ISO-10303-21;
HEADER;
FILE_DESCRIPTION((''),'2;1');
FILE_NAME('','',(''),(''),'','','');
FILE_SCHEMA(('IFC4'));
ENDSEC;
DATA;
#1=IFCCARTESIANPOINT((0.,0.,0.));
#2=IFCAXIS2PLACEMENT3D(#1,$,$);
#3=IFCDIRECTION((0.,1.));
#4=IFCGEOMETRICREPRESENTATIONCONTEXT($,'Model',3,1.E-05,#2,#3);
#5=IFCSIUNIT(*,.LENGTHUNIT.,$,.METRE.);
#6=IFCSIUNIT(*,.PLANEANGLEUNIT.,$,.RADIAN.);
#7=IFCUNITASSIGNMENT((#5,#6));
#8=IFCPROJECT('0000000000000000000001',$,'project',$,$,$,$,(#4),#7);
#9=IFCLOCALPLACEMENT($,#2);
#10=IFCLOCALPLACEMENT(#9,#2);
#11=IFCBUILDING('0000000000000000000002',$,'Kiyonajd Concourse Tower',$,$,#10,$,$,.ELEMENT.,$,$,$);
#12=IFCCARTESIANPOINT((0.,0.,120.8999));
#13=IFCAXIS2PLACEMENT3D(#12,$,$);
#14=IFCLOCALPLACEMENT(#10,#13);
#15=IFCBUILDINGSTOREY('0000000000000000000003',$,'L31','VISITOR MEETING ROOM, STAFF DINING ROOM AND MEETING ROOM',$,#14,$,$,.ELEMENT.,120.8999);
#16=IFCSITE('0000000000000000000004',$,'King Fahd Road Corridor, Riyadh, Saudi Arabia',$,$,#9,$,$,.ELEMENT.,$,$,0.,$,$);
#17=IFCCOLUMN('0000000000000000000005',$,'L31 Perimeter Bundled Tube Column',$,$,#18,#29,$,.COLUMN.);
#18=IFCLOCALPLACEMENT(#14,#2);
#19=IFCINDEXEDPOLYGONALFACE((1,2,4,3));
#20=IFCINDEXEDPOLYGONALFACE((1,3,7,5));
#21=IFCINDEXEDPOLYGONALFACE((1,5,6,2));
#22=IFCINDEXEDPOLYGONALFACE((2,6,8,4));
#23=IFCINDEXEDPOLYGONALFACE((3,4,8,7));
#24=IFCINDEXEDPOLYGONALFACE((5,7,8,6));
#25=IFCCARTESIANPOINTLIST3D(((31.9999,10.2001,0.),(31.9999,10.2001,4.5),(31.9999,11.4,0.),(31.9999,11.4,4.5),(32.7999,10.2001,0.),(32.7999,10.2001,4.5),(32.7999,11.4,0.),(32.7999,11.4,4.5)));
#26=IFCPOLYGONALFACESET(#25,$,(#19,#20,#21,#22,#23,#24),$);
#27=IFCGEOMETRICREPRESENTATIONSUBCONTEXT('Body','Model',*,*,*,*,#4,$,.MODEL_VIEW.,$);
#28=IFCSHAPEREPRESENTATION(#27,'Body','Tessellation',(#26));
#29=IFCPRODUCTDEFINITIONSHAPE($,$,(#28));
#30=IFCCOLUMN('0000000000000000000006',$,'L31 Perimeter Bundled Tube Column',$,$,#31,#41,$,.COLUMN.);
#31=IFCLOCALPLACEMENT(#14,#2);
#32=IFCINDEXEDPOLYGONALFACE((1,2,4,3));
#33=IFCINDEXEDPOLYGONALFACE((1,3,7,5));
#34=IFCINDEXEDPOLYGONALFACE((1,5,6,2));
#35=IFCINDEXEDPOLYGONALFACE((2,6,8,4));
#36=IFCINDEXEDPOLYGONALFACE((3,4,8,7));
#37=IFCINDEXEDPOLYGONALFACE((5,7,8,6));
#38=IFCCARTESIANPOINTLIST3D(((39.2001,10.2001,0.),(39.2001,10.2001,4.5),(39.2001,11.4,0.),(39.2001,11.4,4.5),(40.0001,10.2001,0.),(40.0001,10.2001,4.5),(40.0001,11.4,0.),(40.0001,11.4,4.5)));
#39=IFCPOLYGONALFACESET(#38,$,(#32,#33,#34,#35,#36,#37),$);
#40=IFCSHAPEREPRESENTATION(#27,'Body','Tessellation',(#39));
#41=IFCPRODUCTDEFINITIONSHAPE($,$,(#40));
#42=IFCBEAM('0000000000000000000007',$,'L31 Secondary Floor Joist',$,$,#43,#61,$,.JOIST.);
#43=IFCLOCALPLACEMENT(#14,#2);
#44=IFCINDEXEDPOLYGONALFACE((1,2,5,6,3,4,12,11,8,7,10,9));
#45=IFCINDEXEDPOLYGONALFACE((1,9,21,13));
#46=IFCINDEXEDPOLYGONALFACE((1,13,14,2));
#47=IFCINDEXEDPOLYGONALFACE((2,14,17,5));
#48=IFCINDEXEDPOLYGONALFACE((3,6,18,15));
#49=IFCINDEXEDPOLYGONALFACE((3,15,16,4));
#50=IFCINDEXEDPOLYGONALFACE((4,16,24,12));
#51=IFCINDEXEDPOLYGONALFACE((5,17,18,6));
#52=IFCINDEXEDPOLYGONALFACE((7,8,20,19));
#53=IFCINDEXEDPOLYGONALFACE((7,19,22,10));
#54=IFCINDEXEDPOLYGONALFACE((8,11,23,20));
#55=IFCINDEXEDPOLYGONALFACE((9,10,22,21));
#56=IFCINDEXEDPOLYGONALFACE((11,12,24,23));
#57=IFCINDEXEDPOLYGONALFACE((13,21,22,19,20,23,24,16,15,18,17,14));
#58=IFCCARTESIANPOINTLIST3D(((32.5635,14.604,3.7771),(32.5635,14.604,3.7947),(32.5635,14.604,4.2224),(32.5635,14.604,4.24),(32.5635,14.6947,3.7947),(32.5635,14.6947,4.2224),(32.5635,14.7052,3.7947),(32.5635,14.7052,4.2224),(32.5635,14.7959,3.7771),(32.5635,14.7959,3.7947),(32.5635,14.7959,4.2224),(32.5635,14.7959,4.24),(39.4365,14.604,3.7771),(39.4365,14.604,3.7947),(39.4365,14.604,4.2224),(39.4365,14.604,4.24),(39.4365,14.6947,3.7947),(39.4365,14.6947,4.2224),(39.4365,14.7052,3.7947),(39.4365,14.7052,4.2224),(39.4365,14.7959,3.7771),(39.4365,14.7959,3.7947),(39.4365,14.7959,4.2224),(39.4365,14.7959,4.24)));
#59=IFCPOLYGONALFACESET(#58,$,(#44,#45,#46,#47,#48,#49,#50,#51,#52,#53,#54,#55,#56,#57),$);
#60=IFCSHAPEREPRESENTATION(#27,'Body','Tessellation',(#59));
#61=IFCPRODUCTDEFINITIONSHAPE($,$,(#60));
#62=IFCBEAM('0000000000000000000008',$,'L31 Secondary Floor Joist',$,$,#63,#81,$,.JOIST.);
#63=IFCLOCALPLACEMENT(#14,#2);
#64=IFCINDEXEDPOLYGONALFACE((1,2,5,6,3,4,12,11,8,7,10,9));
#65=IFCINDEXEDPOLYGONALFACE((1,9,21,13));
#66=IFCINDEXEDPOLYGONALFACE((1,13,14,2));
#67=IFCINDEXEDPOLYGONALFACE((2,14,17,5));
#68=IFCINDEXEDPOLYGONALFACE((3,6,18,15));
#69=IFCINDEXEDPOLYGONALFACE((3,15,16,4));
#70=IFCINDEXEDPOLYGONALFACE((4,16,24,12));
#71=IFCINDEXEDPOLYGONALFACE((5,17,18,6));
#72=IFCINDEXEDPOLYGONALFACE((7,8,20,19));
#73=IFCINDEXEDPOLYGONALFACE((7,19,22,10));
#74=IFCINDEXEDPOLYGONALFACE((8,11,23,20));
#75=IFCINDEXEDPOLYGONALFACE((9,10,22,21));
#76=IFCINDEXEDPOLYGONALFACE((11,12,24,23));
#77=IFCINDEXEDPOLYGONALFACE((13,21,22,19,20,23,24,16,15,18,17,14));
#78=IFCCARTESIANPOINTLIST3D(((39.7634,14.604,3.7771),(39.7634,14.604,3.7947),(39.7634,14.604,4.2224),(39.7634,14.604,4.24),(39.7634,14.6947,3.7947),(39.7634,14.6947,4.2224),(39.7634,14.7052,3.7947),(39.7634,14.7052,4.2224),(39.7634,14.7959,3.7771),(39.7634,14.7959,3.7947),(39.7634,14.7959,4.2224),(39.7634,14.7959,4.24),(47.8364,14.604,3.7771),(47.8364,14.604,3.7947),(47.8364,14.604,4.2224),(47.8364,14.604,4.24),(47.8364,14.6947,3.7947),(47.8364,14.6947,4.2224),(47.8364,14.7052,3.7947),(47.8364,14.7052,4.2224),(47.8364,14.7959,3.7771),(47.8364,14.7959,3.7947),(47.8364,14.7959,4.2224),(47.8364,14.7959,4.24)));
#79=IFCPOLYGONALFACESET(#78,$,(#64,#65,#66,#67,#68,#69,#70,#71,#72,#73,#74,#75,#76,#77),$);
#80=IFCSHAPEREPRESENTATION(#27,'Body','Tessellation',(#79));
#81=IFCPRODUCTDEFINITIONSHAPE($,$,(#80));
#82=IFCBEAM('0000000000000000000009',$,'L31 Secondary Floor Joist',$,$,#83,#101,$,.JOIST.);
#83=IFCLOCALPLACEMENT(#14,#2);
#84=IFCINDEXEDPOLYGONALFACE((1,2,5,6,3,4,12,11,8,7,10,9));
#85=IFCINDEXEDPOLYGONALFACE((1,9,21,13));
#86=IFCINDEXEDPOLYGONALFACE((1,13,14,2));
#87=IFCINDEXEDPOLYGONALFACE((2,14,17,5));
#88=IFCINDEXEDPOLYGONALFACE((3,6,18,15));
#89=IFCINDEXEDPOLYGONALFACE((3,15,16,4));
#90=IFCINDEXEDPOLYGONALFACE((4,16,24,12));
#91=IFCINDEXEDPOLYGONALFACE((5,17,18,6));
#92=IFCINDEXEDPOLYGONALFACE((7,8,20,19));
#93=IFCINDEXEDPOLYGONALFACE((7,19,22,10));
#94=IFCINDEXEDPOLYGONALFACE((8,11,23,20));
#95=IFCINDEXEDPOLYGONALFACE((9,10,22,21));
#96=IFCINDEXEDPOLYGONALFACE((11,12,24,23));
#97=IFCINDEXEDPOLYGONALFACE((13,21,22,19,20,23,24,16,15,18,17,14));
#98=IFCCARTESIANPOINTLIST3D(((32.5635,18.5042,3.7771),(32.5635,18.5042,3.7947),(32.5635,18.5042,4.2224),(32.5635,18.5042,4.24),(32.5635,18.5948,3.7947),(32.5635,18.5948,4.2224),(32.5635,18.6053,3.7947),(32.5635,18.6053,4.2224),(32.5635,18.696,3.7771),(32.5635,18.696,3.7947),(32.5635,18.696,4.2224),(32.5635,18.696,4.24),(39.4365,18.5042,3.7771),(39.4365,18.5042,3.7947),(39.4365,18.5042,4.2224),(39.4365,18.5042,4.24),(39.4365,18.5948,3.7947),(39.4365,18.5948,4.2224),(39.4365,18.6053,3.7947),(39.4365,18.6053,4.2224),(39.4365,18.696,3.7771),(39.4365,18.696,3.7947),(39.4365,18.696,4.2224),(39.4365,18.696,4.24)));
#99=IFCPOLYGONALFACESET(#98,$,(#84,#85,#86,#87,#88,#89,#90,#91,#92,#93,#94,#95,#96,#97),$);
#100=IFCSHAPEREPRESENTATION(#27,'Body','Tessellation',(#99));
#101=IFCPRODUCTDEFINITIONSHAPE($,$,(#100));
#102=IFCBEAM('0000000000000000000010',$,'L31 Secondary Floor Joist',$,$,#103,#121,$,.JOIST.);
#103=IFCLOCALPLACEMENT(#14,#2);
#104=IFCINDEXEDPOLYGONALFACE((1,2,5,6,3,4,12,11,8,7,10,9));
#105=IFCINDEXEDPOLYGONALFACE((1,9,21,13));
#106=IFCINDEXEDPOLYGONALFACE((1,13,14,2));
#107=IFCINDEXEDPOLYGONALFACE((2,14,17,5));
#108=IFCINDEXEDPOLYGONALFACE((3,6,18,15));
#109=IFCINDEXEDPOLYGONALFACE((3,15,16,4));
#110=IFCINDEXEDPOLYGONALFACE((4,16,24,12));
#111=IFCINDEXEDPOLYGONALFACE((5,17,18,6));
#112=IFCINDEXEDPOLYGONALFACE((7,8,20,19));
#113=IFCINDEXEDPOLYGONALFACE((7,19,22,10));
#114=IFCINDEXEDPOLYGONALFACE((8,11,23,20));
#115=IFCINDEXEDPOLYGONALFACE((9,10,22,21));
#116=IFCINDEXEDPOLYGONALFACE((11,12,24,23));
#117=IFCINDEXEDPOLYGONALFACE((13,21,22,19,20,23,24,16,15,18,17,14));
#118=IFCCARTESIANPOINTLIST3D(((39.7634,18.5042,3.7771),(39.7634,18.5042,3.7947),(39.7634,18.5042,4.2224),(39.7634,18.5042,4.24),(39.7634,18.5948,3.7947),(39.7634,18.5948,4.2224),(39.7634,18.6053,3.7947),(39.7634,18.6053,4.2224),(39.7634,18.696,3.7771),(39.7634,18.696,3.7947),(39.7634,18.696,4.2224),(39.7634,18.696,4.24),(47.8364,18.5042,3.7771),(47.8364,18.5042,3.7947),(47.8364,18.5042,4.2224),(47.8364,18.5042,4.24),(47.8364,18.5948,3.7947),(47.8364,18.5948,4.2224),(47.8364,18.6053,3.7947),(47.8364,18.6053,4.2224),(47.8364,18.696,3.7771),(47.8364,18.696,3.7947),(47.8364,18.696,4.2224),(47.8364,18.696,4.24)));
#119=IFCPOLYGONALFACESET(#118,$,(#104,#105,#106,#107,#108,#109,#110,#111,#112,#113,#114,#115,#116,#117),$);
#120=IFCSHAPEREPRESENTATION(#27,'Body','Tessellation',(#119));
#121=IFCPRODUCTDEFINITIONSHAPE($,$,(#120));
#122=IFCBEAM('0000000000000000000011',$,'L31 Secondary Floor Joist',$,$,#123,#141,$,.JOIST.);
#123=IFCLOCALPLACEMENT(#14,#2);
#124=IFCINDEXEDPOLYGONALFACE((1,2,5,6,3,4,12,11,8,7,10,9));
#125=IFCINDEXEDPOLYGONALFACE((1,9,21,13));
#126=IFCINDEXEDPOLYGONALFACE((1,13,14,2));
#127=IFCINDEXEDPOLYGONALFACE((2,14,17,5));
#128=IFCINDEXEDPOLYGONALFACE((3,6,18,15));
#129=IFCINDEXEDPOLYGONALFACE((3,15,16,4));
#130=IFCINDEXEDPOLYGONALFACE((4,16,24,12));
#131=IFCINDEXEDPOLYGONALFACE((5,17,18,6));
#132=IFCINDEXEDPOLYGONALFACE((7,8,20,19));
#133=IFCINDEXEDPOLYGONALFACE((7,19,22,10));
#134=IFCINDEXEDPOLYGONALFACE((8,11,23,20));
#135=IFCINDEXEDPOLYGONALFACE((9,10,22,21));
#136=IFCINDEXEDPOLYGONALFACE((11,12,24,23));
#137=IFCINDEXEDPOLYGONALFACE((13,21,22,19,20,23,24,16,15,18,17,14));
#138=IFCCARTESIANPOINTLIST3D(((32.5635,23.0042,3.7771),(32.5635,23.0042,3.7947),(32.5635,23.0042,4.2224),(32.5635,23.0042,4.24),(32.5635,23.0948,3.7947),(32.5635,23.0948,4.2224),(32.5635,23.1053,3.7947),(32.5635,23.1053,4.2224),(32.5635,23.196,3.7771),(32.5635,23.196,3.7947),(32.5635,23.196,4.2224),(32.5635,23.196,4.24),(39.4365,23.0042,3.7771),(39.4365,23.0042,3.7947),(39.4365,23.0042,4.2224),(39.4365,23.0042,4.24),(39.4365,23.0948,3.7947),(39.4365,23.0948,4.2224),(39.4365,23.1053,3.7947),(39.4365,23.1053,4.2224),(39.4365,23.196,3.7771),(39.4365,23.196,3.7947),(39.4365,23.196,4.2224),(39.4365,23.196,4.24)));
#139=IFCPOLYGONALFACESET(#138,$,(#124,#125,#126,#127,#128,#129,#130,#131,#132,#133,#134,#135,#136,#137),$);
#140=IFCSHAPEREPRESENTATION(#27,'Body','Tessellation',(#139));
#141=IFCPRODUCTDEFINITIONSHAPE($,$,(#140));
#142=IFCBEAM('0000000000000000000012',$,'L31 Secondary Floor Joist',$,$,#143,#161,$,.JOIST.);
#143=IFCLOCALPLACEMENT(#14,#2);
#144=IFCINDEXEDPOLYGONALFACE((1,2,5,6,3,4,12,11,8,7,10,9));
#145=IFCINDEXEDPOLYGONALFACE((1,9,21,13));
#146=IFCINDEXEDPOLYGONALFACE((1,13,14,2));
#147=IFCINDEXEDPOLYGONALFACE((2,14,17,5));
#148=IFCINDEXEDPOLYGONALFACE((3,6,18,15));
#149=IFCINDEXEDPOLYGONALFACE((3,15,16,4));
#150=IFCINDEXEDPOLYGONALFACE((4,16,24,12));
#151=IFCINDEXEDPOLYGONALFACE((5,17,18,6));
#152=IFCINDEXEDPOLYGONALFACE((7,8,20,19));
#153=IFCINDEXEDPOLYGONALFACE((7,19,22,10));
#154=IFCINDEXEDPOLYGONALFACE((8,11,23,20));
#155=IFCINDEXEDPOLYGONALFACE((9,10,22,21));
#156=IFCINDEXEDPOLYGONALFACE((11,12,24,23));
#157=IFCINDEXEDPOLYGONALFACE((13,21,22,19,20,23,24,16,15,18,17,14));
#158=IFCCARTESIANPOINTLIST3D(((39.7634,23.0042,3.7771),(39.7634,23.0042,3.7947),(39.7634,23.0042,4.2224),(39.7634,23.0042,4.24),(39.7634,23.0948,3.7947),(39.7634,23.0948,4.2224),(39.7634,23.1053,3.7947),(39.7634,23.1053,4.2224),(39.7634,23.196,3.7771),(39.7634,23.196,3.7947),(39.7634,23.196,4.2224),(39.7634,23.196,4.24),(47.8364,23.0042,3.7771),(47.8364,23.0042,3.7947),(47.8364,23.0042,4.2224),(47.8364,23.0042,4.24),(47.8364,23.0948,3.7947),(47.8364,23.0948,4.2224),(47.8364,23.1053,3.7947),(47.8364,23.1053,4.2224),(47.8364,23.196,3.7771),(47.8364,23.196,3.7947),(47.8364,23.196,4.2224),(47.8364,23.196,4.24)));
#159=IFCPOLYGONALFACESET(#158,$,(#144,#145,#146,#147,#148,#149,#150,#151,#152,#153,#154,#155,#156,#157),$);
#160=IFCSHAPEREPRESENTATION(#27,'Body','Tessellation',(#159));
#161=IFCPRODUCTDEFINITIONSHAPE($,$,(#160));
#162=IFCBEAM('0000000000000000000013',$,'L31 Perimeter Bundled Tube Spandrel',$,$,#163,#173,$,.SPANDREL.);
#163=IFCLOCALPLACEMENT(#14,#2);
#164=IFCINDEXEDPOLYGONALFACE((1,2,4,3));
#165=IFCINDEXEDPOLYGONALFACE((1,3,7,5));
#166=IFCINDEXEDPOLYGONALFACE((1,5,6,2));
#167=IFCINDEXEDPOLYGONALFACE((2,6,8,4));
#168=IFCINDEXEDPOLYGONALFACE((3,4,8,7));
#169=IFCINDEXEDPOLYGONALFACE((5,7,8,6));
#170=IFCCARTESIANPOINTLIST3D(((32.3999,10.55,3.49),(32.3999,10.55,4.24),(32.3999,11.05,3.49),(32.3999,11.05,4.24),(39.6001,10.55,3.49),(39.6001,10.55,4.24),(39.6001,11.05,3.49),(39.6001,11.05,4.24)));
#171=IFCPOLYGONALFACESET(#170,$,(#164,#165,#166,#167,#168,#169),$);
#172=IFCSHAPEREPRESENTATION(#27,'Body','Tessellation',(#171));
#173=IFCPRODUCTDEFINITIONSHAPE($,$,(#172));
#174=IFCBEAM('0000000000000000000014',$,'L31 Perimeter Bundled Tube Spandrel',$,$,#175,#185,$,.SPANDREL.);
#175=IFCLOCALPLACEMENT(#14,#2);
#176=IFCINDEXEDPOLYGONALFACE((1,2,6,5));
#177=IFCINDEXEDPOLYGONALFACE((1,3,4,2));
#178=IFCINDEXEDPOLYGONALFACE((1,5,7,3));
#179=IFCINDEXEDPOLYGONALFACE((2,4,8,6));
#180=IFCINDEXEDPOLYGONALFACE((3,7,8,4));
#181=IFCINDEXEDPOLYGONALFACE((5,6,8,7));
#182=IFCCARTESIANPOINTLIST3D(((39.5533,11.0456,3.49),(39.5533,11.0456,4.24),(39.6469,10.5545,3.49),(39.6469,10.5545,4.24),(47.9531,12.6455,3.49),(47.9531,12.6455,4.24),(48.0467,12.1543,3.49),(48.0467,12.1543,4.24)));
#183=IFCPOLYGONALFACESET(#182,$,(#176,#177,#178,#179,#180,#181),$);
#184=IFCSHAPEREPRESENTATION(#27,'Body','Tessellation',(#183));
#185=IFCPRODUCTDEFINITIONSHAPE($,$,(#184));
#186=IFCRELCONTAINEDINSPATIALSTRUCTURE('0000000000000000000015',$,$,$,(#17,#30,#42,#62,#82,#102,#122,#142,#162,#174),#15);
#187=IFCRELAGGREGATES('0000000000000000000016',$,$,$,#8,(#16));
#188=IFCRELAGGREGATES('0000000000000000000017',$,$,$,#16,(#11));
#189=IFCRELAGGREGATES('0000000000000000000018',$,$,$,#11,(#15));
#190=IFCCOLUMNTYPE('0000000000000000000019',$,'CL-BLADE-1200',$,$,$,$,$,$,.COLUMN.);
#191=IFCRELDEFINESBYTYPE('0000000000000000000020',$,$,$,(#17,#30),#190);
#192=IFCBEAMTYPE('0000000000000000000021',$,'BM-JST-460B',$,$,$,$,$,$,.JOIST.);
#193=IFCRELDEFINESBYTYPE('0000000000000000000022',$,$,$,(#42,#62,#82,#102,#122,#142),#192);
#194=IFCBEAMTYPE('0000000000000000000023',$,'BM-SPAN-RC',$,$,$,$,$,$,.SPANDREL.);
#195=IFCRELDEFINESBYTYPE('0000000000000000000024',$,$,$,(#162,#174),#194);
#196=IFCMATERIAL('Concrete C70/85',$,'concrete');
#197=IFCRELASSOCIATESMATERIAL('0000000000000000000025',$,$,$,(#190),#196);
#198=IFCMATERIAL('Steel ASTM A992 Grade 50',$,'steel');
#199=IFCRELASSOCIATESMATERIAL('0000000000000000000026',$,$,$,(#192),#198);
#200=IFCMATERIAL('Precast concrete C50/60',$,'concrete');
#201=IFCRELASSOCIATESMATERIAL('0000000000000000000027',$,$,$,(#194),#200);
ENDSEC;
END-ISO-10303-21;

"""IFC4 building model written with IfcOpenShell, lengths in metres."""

from ifc_helpers import new_model, si_unit, direction, frame, origin, origin_2d, place, context, subcontext, project, spatial, rectangle, i_section, extrude, material, material_profile, profile_set, type_object, element, save


model = new_model("IFC4")

# Units and contexts
model_context = context("Model", 3, precision=1e-05, world=origin(), true_north=direction((0.0, 1.0)))
body_context = subcontext(model_context, "Body", "Model", "MODEL_VIEW")
ifc_project = project(units=[si_unit("LENGTHUNIT", "METRE"), si_unit("PLANEANGLEUNIT", "RADIAN")], contexts=[model_context])

# Site, building, storey
site_placement = place(None, origin())
site = spatial("IfcSite", under=ifc_project, at=site_placement, Name="King Fahd Road Corridor, Riyadh, Saudi Arabia", CompositionType="ELEMENT", RefElevation=0.0)
building_placement = place(site_placement, origin())
building = spatial("IfcBuilding", under=site, at=building_placement, Name="Kiyonajd Concourse Tower", CompositionType="ELEMENT")
storey_placement = place(building_placement, frame((0.0, 0.0, 120.8999)))
storey = spatial("IfcBuildingStorey", under=building, at=storey_placement, Name="L31", Description="VISITOR MEETING ROOM, STAFF DINING ROOM AND MEETING ROOM", CompositionType="ELEMENT", Elevation=120.8999)

# Columns
ifc_material_1 = material(Name="Concrete C70/85", Category="concrete")
ifc_material_profile_1 = material_profile(ifc_material_1, rectangle(XDim=0.8, YDim=1.2, at=origin_2d()), Name="RC-1200x800")
ifc_profile_set_1 = profile_set([ifc_material_profile_1], Name="Concrete C70/85")
column_type = type_object("IfcColumnType", Name="CL-BLADE-1200", PredefinedType="COLUMN", material=ifc_profile_set_1)
for number, where, z_axis, x_axis, name in (
    (1, (32.3999, 10.8, 0.0), (0.0, 0.0, 1.0), (1.0, 0.0, 0.0), "L31 Perimeter Bundled Tube Column"),
    (2, (39.6001, 10.8, 0.0), (0.0, 0.0, 1.0), (1.0, 0.0, 0.0), "L31 Perimeter Bundled Tube Column"),
):
    element("IfcColumn", number, at=place(storey_placement, frame(where, z_axis=z_axis, x_axis=x_axis)), inside=storey, type_object=column_type, Name=name, PredefinedType="COLUMN", context=body_context, shape_type="SweptSolid", body=[
        extrude(rectangle(XDim=0.8, YDim=1.2, at=origin_2d()), origin(), (0.0, 0.0, 1.0), 4.5),
    ])

# Beams
ifc_material_2 = material(Name="Steel ASTM A992 Grade 50", Category="steel")
ifc_material_profile_2 = material_profile(ifc_material_2, i_section(OverallWidth=0.1919, OverallDepth=0.4629, WebThickness=0.0105, FlangeThickness=0.0176, at=origin_2d()), Name="W460X89")
ifc_profile_set_2 = profile_set([ifc_material_profile_2], Name="Steel ASTM A992 Grade 50")
beam_type_1 = type_object("IfcBeamType", Name="BM-JST-460B", PredefinedType="JOIST", material=ifc_profile_set_2)
beam_1_placement = place(storey_placement, frame((32.5635, 14.7, 4.0085), z_axis=(1.0, 0.0, 0.0), x_axis=(0.0, 1.0, 0.0)))
element("IfcBeam", 3, at=beam_1_placement, inside=storey, type_object=beam_type_1, Name="L31 Secondary Floor Joist", PredefinedType="JOIST", context=body_context, shape_type="SweptSolid", body=[
    extrude(i_section(OverallWidth=0.1919, OverallDepth=0.4629, WebThickness=0.0105, FlangeThickness=0.0176, at=origin_2d()), origin(), (0.0, 0.0, 1.0), 6.873),
])
beam_2_placement = place(storey_placement, frame((39.7634, 14.7, 4.0085), z_axis=(1.0, 0.0, 0.0), x_axis=(0.0, 1.0, 0.0)))
element("IfcBeam", 4, at=beam_2_placement, inside=storey, type_object=beam_type_1, Name="L31 Secondary Floor Joist", PredefinedType="JOIST", context=body_context, shape_type="SweptSolid", body=[
    extrude(i_section(OverallWidth=0.1919, OverallDepth=0.4629, WebThickness=0.0105, FlangeThickness=0.0176, at=origin_2d()), origin(), (0.0, 0.0, 1.0), 8.073),
])
beam_3_placement = place(storey_placement, frame((32.5635, 18.6001, 4.0085), z_axis=(1.0, 0.0, 0.0), x_axis=(0.0, 1.0, 0.0)))
element("IfcBeam", 5, at=beam_3_placement, inside=storey, type_object=beam_type_1, Name="L31 Secondary Floor Joist", PredefinedType="JOIST", context=body_context, shape_type="SweptSolid", body=[
    extrude(i_section(OverallWidth=0.1919, OverallDepth=0.4629, WebThickness=0.0105, FlangeThickness=0.0176, at=origin_2d()), origin(), (0.0, 0.0, 1.0), 6.873),
])
beam_4_placement = place(storey_placement, frame((39.7634, 18.6001, 4.0085), z_axis=(1.0, 0.0, 0.0), x_axis=(0.0, 1.0, 0.0)))
element("IfcBeam", 6, at=beam_4_placement, inside=storey, type_object=beam_type_1, Name="L31 Secondary Floor Joist", PredefinedType="JOIST", context=body_context, shape_type="SweptSolid", body=[
    extrude(i_section(OverallWidth=0.1919, OverallDepth=0.4629, WebThickness=0.0105, FlangeThickness=0.0176, at=origin_2d()), origin(), (0.0, 0.0, 1.0), 8.073),
])
beam_5_placement = place(storey_placement, frame((32.5635, 23.1001, 4.0085), z_axis=(1.0, 0.0, 0.0), x_axis=(0.0, 1.0, 0.0)))
element("IfcBeam", 7, at=beam_5_placement, inside=storey, type_object=beam_type_1, Name="L31 Secondary Floor Joist", PredefinedType="JOIST", context=body_context, shape_type="SweptSolid", body=[
    extrude(i_section(OverallWidth=0.1919, OverallDepth=0.4629, WebThickness=0.0105, FlangeThickness=0.0176, at=origin_2d()), origin(), (0.0, 0.0, 1.0), 6.873),
])
beam_6_placement = place(storey_placement, frame((39.7634, 23.1001, 4.0085), z_axis=(1.0, 0.0, 0.0), x_axis=(0.0, 1.0, 0.0)))
element("IfcBeam", 8, at=beam_6_placement, inside=storey, type_object=beam_type_1, Name="L31 Secondary Floor Joist", PredefinedType="JOIST", context=body_context, shape_type="SweptSolid", body=[
    extrude(i_section(OverallWidth=0.1919, OverallDepth=0.4629, WebThickness=0.0105, FlangeThickness=0.0176, at=origin_2d()), origin(), (0.0, 0.0, 1.0), 8.073),
])
ifc_material_3 = material(Name="Precast concrete C50/60", Category="concrete")
ifc_material_profile_3 = material_profile(ifc_material_3, rectangle(XDim=0.5, YDim=0.75, at=origin_2d()), Name="RCBM-500x750")
ifc_profile_set_3 = profile_set([ifc_material_profile_3], Name="Precast concrete C50/60")
beam_type_2 = type_object("IfcBeamType", Name="BM-SPAN-RC", PredefinedType="SPANDREL", material=ifc_profile_set_3)
beam_7_placement = place(storey_placement, frame((32.3999, 10.8, 3.865), z_axis=(1.0, 0.0, 0.0), x_axis=(0.0, 1.0, 0.0)))
element("IfcBeam", 9, at=beam_7_placement, inside=storey, type_object=beam_type_2, Name="L31 Perimeter Bundled Tube Spandrel", PredefinedType="SPANDREL", context=body_context, shape_type="SweptSolid", body=[
    extrude(rectangle(XDim=0.5, YDim=0.75, at=origin_2d()), origin(), (0.0, 0.0, 1.0), 7.2002),
])
beam_8_placement = place(storey_placement, frame((39.6001, 10.8, 3.865), z_axis=(0.982341, 0.187098, 0.0), x_axis=(-0.187098, 0.982341, 0.0)))
element("IfcBeam", 10, at=beam_8_placement, inside=storey, type_object=beam_type_2, Name="L31 Perimeter Bundled Tube Spandrel", PredefinedType="SPANDREL", context=body_context, shape_type="SweptSolid", body=[
    extrude(rectangle(XDim=0.5, YDim=0.75, at=origin_2d()), origin(), (0.0, 0.0, 1.0), 8.5508),
])

save(model, "model.ifc")
